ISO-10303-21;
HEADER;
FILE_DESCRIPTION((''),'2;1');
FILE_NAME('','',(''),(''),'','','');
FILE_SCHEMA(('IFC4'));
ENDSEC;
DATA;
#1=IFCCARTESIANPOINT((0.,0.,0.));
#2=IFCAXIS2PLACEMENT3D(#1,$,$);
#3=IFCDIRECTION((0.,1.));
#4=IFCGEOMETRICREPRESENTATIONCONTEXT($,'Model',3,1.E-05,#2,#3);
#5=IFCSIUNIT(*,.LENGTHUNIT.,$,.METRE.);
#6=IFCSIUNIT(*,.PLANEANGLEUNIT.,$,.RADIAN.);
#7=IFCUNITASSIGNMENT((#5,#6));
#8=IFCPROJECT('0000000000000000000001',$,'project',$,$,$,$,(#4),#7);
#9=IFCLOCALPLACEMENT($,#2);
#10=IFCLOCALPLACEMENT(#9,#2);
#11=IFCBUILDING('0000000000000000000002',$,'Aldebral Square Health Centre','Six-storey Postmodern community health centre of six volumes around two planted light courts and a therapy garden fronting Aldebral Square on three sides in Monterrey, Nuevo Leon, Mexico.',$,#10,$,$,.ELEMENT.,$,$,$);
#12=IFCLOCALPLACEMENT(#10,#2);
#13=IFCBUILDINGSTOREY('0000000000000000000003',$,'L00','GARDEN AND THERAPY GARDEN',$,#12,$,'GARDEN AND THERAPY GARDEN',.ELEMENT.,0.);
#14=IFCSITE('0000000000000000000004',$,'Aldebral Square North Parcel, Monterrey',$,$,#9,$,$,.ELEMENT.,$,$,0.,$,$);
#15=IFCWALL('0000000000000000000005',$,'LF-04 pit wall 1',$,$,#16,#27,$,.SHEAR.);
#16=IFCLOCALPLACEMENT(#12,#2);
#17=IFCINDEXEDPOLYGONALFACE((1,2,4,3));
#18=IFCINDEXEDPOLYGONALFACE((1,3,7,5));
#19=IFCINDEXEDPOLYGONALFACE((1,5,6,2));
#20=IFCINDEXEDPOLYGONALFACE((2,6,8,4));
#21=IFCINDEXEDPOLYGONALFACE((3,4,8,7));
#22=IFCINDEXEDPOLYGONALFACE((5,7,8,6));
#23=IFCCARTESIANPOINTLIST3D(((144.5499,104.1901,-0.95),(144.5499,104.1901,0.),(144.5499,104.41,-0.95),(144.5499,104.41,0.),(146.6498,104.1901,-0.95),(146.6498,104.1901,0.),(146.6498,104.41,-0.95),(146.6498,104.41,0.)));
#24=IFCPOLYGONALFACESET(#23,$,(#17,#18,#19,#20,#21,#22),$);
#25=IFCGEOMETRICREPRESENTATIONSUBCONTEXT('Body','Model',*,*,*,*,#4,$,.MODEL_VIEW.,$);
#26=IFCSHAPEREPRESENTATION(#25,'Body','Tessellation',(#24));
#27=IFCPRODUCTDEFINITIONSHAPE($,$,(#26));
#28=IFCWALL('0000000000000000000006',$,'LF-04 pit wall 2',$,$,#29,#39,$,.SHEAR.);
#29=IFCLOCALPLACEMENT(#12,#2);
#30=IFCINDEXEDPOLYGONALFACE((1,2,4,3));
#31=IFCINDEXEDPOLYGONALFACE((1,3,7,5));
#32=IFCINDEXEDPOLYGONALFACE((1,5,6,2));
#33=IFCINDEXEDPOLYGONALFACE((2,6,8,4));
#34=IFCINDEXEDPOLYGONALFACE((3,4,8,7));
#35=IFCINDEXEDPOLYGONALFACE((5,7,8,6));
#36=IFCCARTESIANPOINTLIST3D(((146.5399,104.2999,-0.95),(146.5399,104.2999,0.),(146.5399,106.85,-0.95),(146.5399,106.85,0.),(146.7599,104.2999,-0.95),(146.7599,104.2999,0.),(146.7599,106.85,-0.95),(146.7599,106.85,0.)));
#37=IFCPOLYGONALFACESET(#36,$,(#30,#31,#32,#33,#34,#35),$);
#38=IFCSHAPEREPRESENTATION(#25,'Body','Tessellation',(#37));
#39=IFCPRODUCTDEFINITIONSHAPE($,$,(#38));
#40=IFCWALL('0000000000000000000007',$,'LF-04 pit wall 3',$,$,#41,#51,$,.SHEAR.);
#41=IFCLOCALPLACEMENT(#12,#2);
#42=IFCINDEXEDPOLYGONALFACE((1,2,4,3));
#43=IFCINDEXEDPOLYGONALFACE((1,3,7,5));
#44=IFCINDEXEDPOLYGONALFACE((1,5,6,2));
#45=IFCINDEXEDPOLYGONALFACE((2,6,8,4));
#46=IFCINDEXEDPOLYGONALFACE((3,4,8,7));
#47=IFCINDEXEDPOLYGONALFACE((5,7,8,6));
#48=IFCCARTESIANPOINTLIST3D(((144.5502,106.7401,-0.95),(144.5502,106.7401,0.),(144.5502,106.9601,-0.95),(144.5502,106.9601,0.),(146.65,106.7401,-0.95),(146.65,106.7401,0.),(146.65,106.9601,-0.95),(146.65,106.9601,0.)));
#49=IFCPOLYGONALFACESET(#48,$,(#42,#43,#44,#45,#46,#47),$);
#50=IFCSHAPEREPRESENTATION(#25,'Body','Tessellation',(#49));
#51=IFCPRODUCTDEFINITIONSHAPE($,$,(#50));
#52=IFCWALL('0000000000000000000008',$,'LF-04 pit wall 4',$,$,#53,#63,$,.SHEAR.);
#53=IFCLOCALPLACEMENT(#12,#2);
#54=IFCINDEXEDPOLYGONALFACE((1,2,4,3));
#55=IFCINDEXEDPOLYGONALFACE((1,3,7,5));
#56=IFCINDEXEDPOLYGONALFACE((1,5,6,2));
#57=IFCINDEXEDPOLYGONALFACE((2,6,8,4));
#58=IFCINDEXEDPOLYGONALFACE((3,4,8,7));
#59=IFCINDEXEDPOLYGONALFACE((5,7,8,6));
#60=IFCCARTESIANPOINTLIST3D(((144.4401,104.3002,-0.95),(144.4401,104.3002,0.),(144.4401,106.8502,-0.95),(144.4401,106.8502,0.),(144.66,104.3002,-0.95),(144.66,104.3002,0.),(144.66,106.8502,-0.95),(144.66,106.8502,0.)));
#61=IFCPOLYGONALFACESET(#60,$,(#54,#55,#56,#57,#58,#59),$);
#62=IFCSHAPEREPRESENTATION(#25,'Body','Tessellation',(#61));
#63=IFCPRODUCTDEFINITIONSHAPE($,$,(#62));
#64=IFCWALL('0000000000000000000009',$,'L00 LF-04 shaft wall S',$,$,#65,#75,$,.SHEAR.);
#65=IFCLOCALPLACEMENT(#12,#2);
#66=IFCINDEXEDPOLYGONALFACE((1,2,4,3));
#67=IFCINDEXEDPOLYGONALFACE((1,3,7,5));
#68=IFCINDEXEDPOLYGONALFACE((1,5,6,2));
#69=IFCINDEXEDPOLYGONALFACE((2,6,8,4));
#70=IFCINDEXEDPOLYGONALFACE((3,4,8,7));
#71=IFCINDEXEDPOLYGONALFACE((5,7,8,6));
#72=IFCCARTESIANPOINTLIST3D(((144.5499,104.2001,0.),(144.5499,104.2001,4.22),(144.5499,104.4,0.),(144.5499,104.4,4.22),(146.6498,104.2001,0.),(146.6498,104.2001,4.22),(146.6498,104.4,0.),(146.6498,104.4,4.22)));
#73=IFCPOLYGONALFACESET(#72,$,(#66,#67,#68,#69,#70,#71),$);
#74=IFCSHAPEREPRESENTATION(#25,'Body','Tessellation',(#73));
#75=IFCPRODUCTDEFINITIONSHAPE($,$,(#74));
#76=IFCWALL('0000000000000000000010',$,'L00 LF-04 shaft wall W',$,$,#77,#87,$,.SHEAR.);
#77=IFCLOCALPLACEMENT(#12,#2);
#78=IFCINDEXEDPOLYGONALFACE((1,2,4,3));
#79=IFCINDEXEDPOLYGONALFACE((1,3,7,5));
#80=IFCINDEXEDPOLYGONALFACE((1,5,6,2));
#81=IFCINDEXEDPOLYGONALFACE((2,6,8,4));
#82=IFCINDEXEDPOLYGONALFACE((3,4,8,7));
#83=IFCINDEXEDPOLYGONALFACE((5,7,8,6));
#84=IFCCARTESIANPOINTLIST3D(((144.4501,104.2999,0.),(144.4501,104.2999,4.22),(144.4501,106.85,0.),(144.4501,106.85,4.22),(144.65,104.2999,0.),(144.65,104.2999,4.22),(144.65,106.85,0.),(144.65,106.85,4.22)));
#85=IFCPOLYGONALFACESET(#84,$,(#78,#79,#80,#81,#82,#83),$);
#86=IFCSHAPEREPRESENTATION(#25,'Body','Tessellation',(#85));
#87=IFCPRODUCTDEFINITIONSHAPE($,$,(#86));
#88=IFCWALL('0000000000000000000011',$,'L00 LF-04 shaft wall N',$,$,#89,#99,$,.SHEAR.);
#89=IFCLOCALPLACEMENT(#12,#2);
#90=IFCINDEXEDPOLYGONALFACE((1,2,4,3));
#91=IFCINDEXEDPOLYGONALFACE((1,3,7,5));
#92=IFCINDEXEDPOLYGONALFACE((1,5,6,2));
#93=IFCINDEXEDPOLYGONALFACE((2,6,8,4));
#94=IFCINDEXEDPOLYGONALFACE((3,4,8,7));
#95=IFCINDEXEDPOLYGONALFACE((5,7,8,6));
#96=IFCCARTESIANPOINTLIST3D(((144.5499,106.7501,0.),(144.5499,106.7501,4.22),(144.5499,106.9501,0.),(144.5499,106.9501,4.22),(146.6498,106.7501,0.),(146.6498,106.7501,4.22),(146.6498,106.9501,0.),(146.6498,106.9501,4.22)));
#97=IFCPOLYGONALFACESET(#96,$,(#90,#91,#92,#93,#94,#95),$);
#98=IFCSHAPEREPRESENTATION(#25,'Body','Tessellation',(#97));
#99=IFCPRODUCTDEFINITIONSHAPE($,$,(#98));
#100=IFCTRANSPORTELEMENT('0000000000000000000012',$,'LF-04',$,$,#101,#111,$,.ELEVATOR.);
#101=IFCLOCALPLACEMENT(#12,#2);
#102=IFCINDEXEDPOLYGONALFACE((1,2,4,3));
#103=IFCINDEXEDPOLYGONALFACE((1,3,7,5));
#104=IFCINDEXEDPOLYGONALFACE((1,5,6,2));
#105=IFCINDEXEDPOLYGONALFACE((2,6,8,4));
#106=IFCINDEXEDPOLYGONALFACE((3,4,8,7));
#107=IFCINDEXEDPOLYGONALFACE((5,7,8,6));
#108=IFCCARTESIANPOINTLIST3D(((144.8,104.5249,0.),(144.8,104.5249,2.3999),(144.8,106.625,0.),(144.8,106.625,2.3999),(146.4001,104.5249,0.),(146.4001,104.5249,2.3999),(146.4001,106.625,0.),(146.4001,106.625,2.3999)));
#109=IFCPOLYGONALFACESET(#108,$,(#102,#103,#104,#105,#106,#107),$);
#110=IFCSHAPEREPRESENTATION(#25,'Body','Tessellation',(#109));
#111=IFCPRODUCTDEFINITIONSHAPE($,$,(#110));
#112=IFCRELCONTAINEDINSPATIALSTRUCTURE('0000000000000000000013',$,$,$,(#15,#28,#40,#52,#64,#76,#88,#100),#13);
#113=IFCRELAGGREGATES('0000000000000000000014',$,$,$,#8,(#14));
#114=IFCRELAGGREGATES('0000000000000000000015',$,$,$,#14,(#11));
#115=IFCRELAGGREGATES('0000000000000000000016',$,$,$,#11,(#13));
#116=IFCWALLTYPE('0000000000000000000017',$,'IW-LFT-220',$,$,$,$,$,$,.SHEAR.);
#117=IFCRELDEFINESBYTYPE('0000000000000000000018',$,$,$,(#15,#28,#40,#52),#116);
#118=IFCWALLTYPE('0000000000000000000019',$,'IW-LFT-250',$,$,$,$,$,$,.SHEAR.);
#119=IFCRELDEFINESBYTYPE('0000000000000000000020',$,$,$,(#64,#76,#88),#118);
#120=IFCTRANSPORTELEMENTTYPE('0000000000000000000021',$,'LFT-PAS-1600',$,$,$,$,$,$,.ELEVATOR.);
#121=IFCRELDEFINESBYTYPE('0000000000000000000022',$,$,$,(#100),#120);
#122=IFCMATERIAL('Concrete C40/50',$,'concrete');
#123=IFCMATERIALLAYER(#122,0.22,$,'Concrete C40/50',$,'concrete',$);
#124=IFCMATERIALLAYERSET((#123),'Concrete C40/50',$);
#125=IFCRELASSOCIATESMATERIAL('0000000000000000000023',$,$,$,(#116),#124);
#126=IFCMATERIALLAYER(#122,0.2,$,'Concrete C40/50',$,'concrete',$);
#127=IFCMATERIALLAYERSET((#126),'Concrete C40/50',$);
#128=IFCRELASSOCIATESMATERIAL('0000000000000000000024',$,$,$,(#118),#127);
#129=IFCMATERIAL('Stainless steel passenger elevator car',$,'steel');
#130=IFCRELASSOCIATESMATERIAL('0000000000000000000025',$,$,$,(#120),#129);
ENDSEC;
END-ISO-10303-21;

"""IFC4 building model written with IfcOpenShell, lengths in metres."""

from ifc_helpers import new_model, si_unit, direction, frame, frame_2d, origin, origin_2d, place, context, subcontext, project, spatial, rectangle, extrude, material, layer, layer_set, type_object, element, save


model = new_model("IFC4")

# Units and contexts
model_context = context("Model", 3, precision=1e-05, world=origin(), true_north=direction((0.0, 1.0)))
body_context = subcontext(model_context, "Body", "Model", "MODEL_VIEW")
ifc_project = project(units=[si_unit("LENGTHUNIT", "METRE"), si_unit("PLANEANGLEUNIT", "RADIAN")], contexts=[model_context])

# Site, building, storey
site_placement = place(None, origin())
site = spatial("IfcSite", under=ifc_project, at=site_placement, Name="Aldebral Square North Parcel, Monterrey", CompositionType="ELEMENT", RefElevation=0.0)
building_placement = place(site_placement, origin())
building = spatial("IfcBuilding", under=site, at=building_placement, Name="Aldebral Square Health Centre", Description="Six-storey Postmodern community health centre of six volumes around two planted light courts and a therapy garden fronting Aldebral Square on three sides in Monterrey, Nuevo Leon, Mexico.", CompositionType="ELEMENT")
storey_placement = place(building_placement, origin())
storey = spatial("IfcBuildingStorey", under=building, at=storey_placement, Name="L00", Description="GARDEN AND THERAPY GARDEN", LongName="GARDEN AND THERAPY GARDEN", CompositionType="ELEMENT", Elevation=0.0)

# Shared definitions
ifc_material_1 = material(Name="Concrete C40/50", Category="concrete")

# Walls
ifc_layer_1 = layer(ifc_material_1, 0.22, Name="Concrete C40/50", Category="concrete")
ifc_layer_set_1 = layer_set([ifc_layer_1], Name="Concrete C40/50")
wall_type_1 = type_object("IfcWallType", Name="IW-LFT-220", PredefinedType="SHEAR", material=ifc_layer_set_1)
wall_1_placement = place(storey_placement, frame((144.55, 104.3, -0.95), z_axis=(0.0, 0.0, 1.0), x_axis=(1.0, 0.0, 0.0)))
element("IfcWall", 1, at=wall_1_placement, inside=storey, type_object=wall_type_1, Name="LF-04 pit wall 1", PredefinedType="SHEAR", context=body_context, shape_type="SweptSolid", body=[
    extrude(rectangle(XDim=2.0999, YDim=0.22, at=frame_2d((1.0498, 0.0))), origin(), (0.0, 0.0, 1.0), 0.95),
])
wall_2_placement = place(storey_placement, frame((146.6499, 104.3, -0.95), z_axis=(0.0, 0.0, 1.0), x_axis=(0.0, 1.0, 0.0)))
element("IfcWall", 2, at=wall_2_placement, inside=storey, type_object=wall_type_1, Name="LF-04 pit wall 2", PredefinedType="SHEAR", context=body_context, shape_type="SweptSolid", body=[
    extrude(rectangle(XDim=2.55, YDim=0.22, at=frame_2d((1.2749, 0.0))), origin(), (0.0, 0.0, 1.0), 0.95),
])
wall_3_placement = place(storey_placement, frame((146.6499, 106.8501, -0.95), z_axis=(0.0, 0.0, 1.0), x_axis=(-1.0, 0.0, 0.0)))
element("IfcWall", 3, at=wall_3_placement, inside=storey, type_object=wall_type_1, Name="LF-04 pit wall 3", PredefinedType="SHEAR", context=body_context, shape_type="SweptSolid", body=[
    extrude(rectangle(XDim=2.0999, YDim=0.22, at=frame_2d((1.0498, 0.0))), origin(), (0.0, 0.0, 1.0), 0.95),
])
wall_4_placement = place(storey_placement, frame((144.55, 106.8501, -0.95), z_axis=(0.0, 0.0, 1.0), x_axis=(0.0, -1.0, 0.0)))
element("IfcWall", 4, at=wall_4_placement, inside=storey, type_object=wall_type_1, Name="LF-04 pit wall 4", PredefinedType="SHEAR", context=body_context, shape_type="SweptSolid", body=[
    extrude(rectangle(XDim=2.55, YDim=0.22, at=frame_2d((1.2749, 0.0))), origin(), (0.0, 0.0, 1.0), 0.95),
])
ifc_layer_2 = layer(ifc_material_1, 0.2, Name="Concrete C40/50", Category="concrete")
ifc_layer_set_2 = layer_set([ifc_layer_2], Name="Concrete C40/50")
wall_type_2 = type_object("IfcWallType", Name="IW-LFT-250", PredefinedType="SHEAR", material=ifc_layer_set_2)
wall_5_placement = place(storey_placement, frame((144.55, 104.3, 0.0), z_axis=(0.0, 0.0, 1.0), x_axis=(1.0, 0.0, 0.0)))
element("IfcWall", 5, at=wall_5_placement, inside=storey, type_object=wall_type_2, Name="L00 LF-04 shaft wall S", PredefinedType="SHEAR", context=body_context, shape_type="SweptSolid", body=[
    extrude(rectangle(XDim=2.0999, YDim=0.2, at=frame_2d((1.0498, 0.0))), origin(), (0.0, 0.0, 1.0), 4.22),
])
wall_6_placement = place(storey_placement, frame((144.55, 104.3, 0.0), z_axis=(0.0, 0.0, 1.0), x_axis=(0.0, 1.0, 0.0)))
element("IfcWall", 6, at=wall_6_placement, inside=storey, type_object=wall_type_2, Name="L00 LF-04 shaft wall W", PredefinedType="SHEAR", context=body_context, shape_type="SweptSolid", body=[
    extrude(rectangle(XDim=2.55, YDim=0.2, at=frame_2d((1.2749, 0.0))), origin(), (0.0, 0.0, 1.0), 4.22),
])
wall_7_placement = place(storey_placement, frame((144.55, 106.8501, 0.0), z_axis=(0.0, 0.0, 1.0), x_axis=(1.0, 0.0, 0.0)))
element("IfcWall", 7, at=wall_7_placement, inside=storey, type_object=wall_type_2, Name="L00 LF-04 shaft wall N", PredefinedType="SHEAR", context=body_context, shape_type="SweptSolid", body=[
    extrude(rectangle(XDim=2.0999, YDim=0.2, at=frame_2d((1.0498, 0.0))), origin(), (0.0, 0.0, 1.0), 4.22),
])

# Transport element
ifc_material_2 = material(Name="Stainless steel passenger elevator car", Category="steel")
transport_element_type = type_object("IfcTransportElementType", Name="LFT-PAS-1600", PredefinedType="ELEVATOR", material=ifc_material_2)
transport_element_placement = place(storey_placement, frame((145.6001, 105.575, 0.0), z_axis=(0.0, 0.0, 1.0), x_axis=(1.0, 0.0, 0.0)))
element("IfcTransportElement", 8, at=transport_element_placement, inside=storey, type_object=transport_element_type, Name="LF-04", PredefinedType="ELEVATOR", context=body_context, shape_type="SweptSolid", body=[
    extrude(rectangle(XDim=1.6001, YDim=2.1001, at=origin_2d()), origin(), (0.0, 0.0, 1.0), 2.3999),
])

save(model, "model.ifc")
